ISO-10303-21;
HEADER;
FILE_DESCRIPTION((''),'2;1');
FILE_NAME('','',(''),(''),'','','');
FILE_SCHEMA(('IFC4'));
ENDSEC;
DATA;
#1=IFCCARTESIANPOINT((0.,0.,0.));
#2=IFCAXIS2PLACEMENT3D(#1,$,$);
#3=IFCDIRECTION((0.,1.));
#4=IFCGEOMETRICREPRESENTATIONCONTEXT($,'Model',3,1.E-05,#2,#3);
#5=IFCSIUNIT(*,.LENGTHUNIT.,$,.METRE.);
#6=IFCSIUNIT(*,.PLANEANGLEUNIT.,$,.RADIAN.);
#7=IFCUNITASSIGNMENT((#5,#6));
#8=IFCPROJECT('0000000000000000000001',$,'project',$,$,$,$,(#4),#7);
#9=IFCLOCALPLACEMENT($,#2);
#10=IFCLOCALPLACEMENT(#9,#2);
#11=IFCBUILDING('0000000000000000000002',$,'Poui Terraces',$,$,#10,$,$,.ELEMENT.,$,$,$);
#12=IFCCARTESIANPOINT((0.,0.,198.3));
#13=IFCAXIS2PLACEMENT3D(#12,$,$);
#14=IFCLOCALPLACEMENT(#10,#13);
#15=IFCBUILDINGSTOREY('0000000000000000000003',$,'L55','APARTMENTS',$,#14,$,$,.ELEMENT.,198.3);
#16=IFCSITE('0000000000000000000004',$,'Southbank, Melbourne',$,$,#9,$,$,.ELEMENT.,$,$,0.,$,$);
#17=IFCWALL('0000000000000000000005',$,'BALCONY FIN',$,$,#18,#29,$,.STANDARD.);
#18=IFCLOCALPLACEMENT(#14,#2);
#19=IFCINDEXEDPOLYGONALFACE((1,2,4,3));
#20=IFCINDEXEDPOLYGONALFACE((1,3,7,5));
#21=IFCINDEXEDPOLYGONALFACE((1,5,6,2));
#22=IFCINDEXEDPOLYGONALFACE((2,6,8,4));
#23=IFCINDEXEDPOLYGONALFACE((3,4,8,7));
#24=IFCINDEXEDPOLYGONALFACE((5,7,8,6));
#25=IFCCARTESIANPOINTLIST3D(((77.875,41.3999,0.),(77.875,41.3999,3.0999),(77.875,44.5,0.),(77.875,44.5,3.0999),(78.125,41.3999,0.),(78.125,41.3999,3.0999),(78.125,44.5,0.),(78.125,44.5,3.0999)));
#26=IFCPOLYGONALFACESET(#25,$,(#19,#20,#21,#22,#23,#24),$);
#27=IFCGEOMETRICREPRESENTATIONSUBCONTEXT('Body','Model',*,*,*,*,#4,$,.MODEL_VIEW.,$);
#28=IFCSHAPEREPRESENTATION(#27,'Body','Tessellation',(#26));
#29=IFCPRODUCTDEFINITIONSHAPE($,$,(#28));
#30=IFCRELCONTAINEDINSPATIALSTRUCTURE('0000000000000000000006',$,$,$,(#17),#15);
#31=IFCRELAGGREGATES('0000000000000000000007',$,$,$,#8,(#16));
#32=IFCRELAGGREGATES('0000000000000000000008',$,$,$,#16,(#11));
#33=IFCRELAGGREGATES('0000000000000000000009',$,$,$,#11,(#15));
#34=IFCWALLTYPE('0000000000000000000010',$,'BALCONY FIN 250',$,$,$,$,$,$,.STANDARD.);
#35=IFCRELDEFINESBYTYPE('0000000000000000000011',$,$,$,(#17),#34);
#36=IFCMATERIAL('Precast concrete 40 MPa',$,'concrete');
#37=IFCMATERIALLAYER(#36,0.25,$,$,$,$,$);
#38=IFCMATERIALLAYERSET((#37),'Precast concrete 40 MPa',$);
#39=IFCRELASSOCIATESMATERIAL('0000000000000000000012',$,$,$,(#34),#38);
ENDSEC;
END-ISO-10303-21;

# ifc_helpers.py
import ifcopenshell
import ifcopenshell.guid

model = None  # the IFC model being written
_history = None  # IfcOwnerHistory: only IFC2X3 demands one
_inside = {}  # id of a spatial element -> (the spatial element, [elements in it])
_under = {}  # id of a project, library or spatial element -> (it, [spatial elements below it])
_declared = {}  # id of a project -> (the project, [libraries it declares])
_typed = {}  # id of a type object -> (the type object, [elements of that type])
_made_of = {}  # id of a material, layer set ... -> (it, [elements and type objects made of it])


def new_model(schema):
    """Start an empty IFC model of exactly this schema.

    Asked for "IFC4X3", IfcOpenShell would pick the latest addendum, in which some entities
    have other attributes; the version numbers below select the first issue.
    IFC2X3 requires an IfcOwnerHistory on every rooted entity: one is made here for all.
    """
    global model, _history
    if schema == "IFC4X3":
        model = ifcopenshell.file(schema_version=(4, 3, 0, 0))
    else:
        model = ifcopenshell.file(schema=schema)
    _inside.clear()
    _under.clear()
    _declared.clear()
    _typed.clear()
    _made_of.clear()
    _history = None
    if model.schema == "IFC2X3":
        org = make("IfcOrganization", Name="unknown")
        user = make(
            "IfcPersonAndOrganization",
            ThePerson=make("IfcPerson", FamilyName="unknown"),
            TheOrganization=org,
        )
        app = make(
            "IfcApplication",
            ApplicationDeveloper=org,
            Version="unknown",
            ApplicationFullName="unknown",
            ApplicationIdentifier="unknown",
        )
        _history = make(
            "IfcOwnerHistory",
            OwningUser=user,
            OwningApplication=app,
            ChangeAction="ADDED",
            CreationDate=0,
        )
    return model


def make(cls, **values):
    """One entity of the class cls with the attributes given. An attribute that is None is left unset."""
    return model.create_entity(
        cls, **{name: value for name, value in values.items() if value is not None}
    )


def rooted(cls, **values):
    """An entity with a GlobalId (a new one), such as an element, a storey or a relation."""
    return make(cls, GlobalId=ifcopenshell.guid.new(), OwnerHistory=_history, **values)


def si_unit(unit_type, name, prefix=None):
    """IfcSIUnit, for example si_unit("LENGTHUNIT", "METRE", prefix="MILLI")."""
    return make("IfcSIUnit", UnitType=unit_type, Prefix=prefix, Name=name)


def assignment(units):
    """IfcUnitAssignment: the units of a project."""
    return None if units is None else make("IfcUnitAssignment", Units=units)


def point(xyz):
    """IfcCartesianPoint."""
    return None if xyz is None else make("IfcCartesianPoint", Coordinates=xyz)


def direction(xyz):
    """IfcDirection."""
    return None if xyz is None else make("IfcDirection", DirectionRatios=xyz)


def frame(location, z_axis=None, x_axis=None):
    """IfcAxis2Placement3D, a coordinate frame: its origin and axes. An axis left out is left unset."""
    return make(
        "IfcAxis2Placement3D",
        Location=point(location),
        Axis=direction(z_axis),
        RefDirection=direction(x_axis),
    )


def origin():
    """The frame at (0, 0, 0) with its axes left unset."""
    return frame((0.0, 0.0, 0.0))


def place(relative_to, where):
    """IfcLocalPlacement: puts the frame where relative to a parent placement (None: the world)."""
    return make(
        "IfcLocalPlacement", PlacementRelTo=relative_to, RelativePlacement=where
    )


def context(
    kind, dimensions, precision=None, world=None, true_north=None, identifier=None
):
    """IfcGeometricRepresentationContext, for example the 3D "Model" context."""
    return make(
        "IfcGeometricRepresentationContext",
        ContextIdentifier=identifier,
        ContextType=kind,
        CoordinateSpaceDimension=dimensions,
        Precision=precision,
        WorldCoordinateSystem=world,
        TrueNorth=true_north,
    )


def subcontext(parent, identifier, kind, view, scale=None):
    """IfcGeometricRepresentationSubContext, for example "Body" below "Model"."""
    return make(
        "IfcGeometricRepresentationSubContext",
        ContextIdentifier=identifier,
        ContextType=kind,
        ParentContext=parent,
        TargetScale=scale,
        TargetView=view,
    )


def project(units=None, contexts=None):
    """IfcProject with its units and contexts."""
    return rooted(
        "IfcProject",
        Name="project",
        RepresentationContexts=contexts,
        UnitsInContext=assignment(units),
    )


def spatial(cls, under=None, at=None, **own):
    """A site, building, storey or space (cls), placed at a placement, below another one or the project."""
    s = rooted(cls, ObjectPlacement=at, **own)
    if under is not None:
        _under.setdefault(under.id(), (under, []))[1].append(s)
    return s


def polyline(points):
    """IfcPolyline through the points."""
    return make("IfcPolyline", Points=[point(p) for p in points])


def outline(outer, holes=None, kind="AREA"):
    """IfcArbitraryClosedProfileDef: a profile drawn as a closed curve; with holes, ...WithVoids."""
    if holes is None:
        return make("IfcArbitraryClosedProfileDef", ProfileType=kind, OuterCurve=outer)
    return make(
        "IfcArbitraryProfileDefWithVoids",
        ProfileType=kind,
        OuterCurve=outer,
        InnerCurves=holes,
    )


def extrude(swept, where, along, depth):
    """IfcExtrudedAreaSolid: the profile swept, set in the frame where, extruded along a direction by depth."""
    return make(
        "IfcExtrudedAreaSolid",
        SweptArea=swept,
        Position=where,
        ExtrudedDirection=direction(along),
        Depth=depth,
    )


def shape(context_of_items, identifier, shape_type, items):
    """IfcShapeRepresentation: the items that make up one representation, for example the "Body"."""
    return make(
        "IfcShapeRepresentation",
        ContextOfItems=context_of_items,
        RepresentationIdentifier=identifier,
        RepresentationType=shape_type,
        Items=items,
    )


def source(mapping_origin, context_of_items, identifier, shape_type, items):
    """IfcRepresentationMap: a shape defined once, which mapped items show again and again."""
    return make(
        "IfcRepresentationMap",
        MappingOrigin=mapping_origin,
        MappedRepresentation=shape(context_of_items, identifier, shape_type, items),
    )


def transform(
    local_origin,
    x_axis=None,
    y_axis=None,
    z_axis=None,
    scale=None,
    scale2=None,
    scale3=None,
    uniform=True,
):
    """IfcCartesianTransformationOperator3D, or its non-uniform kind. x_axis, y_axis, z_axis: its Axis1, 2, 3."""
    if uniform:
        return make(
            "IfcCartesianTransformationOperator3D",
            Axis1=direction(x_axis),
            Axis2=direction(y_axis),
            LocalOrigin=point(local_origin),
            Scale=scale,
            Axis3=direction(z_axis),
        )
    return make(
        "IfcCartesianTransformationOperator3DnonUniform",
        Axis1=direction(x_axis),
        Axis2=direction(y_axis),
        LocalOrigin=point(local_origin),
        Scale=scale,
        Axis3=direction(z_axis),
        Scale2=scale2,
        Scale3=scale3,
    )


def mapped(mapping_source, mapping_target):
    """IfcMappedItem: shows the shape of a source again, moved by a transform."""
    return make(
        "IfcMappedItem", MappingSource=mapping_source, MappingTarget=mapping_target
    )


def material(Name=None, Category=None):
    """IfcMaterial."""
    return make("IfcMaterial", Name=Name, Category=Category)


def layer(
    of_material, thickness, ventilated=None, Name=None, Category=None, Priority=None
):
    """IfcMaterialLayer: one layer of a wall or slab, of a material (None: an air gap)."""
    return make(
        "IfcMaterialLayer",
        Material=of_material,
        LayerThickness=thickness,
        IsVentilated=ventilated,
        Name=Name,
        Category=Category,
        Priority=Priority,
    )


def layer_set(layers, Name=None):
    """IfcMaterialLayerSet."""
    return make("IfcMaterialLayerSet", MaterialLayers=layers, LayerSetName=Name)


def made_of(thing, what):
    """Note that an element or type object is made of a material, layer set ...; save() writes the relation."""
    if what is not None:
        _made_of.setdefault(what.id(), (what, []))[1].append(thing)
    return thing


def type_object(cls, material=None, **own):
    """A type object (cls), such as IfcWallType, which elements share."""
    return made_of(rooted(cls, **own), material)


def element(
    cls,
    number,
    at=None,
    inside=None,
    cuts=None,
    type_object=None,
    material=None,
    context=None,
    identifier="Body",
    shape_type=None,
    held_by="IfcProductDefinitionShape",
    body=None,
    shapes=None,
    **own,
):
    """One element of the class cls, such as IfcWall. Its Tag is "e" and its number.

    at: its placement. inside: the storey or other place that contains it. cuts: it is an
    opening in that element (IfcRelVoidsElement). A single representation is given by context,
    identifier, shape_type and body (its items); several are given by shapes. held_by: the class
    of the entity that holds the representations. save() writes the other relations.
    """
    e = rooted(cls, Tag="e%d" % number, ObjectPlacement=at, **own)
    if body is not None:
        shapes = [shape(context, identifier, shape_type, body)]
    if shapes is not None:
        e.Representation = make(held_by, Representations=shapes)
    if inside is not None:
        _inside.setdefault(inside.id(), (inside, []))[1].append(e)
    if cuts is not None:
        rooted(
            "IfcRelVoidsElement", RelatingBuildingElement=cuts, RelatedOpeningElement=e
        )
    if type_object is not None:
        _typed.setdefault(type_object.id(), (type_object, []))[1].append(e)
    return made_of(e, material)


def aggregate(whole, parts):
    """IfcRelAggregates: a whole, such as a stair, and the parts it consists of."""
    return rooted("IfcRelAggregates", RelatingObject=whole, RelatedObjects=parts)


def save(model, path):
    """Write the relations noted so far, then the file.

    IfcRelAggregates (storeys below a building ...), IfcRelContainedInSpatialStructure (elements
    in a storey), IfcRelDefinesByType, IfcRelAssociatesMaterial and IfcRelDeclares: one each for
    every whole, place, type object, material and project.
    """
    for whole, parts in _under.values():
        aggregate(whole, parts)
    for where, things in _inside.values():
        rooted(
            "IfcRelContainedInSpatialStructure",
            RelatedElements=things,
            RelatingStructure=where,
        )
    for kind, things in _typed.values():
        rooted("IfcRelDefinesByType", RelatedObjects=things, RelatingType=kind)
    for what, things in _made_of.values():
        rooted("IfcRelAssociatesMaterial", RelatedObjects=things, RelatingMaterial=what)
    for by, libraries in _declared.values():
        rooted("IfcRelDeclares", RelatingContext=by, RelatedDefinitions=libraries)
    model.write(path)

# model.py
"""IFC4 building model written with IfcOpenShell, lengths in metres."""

from ifc_helpers import new_model, si_unit, direction, frame, origin, place, context, subcontext, project, spatial, polyline, outline, extrude, source, transform, mapped, material, layer, layer_set, type_object, element, save


model = new_model("IFC4")

# Units and contexts
model_context = context("Model", 3, precision=1e-05, world=origin(), true_north=direction((0.0, 1.0)))
body_context = subcontext(model_context, "Body", "Model", "MODEL_VIEW")
ifc_project = project(units=[si_unit("LENGTHUNIT", "METRE"), si_unit("PLANEANGLEUNIT", "RADIAN")], contexts=[model_context])

# Site, building, storey
site_placement = place(None, origin())
site = spatial("IfcSite", under=ifc_project, at=site_placement, Name="Southbank, Melbourne", CompositionType="ELEMENT", RefElevation=0.0)
building_placement = place(site_placement, origin())
building = spatial("IfcBuilding", under=site, at=building_placement, Name="Poui Terraces", CompositionType="ELEMENT")
storey_placement = place(building_placement, frame((0.0, 0.0, 198.3)))
storey = spatial("IfcBuildingStorey", under=building, at=storey_placement, Name="L55", Description="APARTMENTS", CompositionType="ELEMENT", Elevation=198.3)

# Shared definitions
ifc_material_1 = material(Name="Precast concrete 40 MPa", Category="concrete")

# Wall
ifc_layer_1 = layer(ifc_material_1, 0.25)
ifc_layer_set_1 = layer_set([ifc_layer_1], Name="Precast concrete 40 MPa")
wall_type_1 = type_object("IfcWallType", Name="BALCONY FIN 250", PredefinedType="STANDARD", material=ifc_layer_set_1)
shared_shape_1 = source(origin(), body_context, "Body", "SweptSolid", [
    extrude(outline(polyline([(0.0, 0.0), (0.25, 0.0), (0.25, 3.1001), (0.0, 3.1001), (0.0, 0.0)])), origin(), (0.0, 0.0, 1.0), 3.0999),
])
wall_1_placement = place(storey_placement, frame((77.875, 41.3999, 0.0)))
element("IfcWall", 1, at=wall_1_placement, inside=storey, type_object=wall_type_1, Name="BALCONY FIN", PredefinedType="STANDARD", context=body_context, shape_type="MappedRepresentation", body=[
    mapped(shared_shape_1, transform((0.0, 0.0, 0.0))),
])

save(model, "model.ifc")
